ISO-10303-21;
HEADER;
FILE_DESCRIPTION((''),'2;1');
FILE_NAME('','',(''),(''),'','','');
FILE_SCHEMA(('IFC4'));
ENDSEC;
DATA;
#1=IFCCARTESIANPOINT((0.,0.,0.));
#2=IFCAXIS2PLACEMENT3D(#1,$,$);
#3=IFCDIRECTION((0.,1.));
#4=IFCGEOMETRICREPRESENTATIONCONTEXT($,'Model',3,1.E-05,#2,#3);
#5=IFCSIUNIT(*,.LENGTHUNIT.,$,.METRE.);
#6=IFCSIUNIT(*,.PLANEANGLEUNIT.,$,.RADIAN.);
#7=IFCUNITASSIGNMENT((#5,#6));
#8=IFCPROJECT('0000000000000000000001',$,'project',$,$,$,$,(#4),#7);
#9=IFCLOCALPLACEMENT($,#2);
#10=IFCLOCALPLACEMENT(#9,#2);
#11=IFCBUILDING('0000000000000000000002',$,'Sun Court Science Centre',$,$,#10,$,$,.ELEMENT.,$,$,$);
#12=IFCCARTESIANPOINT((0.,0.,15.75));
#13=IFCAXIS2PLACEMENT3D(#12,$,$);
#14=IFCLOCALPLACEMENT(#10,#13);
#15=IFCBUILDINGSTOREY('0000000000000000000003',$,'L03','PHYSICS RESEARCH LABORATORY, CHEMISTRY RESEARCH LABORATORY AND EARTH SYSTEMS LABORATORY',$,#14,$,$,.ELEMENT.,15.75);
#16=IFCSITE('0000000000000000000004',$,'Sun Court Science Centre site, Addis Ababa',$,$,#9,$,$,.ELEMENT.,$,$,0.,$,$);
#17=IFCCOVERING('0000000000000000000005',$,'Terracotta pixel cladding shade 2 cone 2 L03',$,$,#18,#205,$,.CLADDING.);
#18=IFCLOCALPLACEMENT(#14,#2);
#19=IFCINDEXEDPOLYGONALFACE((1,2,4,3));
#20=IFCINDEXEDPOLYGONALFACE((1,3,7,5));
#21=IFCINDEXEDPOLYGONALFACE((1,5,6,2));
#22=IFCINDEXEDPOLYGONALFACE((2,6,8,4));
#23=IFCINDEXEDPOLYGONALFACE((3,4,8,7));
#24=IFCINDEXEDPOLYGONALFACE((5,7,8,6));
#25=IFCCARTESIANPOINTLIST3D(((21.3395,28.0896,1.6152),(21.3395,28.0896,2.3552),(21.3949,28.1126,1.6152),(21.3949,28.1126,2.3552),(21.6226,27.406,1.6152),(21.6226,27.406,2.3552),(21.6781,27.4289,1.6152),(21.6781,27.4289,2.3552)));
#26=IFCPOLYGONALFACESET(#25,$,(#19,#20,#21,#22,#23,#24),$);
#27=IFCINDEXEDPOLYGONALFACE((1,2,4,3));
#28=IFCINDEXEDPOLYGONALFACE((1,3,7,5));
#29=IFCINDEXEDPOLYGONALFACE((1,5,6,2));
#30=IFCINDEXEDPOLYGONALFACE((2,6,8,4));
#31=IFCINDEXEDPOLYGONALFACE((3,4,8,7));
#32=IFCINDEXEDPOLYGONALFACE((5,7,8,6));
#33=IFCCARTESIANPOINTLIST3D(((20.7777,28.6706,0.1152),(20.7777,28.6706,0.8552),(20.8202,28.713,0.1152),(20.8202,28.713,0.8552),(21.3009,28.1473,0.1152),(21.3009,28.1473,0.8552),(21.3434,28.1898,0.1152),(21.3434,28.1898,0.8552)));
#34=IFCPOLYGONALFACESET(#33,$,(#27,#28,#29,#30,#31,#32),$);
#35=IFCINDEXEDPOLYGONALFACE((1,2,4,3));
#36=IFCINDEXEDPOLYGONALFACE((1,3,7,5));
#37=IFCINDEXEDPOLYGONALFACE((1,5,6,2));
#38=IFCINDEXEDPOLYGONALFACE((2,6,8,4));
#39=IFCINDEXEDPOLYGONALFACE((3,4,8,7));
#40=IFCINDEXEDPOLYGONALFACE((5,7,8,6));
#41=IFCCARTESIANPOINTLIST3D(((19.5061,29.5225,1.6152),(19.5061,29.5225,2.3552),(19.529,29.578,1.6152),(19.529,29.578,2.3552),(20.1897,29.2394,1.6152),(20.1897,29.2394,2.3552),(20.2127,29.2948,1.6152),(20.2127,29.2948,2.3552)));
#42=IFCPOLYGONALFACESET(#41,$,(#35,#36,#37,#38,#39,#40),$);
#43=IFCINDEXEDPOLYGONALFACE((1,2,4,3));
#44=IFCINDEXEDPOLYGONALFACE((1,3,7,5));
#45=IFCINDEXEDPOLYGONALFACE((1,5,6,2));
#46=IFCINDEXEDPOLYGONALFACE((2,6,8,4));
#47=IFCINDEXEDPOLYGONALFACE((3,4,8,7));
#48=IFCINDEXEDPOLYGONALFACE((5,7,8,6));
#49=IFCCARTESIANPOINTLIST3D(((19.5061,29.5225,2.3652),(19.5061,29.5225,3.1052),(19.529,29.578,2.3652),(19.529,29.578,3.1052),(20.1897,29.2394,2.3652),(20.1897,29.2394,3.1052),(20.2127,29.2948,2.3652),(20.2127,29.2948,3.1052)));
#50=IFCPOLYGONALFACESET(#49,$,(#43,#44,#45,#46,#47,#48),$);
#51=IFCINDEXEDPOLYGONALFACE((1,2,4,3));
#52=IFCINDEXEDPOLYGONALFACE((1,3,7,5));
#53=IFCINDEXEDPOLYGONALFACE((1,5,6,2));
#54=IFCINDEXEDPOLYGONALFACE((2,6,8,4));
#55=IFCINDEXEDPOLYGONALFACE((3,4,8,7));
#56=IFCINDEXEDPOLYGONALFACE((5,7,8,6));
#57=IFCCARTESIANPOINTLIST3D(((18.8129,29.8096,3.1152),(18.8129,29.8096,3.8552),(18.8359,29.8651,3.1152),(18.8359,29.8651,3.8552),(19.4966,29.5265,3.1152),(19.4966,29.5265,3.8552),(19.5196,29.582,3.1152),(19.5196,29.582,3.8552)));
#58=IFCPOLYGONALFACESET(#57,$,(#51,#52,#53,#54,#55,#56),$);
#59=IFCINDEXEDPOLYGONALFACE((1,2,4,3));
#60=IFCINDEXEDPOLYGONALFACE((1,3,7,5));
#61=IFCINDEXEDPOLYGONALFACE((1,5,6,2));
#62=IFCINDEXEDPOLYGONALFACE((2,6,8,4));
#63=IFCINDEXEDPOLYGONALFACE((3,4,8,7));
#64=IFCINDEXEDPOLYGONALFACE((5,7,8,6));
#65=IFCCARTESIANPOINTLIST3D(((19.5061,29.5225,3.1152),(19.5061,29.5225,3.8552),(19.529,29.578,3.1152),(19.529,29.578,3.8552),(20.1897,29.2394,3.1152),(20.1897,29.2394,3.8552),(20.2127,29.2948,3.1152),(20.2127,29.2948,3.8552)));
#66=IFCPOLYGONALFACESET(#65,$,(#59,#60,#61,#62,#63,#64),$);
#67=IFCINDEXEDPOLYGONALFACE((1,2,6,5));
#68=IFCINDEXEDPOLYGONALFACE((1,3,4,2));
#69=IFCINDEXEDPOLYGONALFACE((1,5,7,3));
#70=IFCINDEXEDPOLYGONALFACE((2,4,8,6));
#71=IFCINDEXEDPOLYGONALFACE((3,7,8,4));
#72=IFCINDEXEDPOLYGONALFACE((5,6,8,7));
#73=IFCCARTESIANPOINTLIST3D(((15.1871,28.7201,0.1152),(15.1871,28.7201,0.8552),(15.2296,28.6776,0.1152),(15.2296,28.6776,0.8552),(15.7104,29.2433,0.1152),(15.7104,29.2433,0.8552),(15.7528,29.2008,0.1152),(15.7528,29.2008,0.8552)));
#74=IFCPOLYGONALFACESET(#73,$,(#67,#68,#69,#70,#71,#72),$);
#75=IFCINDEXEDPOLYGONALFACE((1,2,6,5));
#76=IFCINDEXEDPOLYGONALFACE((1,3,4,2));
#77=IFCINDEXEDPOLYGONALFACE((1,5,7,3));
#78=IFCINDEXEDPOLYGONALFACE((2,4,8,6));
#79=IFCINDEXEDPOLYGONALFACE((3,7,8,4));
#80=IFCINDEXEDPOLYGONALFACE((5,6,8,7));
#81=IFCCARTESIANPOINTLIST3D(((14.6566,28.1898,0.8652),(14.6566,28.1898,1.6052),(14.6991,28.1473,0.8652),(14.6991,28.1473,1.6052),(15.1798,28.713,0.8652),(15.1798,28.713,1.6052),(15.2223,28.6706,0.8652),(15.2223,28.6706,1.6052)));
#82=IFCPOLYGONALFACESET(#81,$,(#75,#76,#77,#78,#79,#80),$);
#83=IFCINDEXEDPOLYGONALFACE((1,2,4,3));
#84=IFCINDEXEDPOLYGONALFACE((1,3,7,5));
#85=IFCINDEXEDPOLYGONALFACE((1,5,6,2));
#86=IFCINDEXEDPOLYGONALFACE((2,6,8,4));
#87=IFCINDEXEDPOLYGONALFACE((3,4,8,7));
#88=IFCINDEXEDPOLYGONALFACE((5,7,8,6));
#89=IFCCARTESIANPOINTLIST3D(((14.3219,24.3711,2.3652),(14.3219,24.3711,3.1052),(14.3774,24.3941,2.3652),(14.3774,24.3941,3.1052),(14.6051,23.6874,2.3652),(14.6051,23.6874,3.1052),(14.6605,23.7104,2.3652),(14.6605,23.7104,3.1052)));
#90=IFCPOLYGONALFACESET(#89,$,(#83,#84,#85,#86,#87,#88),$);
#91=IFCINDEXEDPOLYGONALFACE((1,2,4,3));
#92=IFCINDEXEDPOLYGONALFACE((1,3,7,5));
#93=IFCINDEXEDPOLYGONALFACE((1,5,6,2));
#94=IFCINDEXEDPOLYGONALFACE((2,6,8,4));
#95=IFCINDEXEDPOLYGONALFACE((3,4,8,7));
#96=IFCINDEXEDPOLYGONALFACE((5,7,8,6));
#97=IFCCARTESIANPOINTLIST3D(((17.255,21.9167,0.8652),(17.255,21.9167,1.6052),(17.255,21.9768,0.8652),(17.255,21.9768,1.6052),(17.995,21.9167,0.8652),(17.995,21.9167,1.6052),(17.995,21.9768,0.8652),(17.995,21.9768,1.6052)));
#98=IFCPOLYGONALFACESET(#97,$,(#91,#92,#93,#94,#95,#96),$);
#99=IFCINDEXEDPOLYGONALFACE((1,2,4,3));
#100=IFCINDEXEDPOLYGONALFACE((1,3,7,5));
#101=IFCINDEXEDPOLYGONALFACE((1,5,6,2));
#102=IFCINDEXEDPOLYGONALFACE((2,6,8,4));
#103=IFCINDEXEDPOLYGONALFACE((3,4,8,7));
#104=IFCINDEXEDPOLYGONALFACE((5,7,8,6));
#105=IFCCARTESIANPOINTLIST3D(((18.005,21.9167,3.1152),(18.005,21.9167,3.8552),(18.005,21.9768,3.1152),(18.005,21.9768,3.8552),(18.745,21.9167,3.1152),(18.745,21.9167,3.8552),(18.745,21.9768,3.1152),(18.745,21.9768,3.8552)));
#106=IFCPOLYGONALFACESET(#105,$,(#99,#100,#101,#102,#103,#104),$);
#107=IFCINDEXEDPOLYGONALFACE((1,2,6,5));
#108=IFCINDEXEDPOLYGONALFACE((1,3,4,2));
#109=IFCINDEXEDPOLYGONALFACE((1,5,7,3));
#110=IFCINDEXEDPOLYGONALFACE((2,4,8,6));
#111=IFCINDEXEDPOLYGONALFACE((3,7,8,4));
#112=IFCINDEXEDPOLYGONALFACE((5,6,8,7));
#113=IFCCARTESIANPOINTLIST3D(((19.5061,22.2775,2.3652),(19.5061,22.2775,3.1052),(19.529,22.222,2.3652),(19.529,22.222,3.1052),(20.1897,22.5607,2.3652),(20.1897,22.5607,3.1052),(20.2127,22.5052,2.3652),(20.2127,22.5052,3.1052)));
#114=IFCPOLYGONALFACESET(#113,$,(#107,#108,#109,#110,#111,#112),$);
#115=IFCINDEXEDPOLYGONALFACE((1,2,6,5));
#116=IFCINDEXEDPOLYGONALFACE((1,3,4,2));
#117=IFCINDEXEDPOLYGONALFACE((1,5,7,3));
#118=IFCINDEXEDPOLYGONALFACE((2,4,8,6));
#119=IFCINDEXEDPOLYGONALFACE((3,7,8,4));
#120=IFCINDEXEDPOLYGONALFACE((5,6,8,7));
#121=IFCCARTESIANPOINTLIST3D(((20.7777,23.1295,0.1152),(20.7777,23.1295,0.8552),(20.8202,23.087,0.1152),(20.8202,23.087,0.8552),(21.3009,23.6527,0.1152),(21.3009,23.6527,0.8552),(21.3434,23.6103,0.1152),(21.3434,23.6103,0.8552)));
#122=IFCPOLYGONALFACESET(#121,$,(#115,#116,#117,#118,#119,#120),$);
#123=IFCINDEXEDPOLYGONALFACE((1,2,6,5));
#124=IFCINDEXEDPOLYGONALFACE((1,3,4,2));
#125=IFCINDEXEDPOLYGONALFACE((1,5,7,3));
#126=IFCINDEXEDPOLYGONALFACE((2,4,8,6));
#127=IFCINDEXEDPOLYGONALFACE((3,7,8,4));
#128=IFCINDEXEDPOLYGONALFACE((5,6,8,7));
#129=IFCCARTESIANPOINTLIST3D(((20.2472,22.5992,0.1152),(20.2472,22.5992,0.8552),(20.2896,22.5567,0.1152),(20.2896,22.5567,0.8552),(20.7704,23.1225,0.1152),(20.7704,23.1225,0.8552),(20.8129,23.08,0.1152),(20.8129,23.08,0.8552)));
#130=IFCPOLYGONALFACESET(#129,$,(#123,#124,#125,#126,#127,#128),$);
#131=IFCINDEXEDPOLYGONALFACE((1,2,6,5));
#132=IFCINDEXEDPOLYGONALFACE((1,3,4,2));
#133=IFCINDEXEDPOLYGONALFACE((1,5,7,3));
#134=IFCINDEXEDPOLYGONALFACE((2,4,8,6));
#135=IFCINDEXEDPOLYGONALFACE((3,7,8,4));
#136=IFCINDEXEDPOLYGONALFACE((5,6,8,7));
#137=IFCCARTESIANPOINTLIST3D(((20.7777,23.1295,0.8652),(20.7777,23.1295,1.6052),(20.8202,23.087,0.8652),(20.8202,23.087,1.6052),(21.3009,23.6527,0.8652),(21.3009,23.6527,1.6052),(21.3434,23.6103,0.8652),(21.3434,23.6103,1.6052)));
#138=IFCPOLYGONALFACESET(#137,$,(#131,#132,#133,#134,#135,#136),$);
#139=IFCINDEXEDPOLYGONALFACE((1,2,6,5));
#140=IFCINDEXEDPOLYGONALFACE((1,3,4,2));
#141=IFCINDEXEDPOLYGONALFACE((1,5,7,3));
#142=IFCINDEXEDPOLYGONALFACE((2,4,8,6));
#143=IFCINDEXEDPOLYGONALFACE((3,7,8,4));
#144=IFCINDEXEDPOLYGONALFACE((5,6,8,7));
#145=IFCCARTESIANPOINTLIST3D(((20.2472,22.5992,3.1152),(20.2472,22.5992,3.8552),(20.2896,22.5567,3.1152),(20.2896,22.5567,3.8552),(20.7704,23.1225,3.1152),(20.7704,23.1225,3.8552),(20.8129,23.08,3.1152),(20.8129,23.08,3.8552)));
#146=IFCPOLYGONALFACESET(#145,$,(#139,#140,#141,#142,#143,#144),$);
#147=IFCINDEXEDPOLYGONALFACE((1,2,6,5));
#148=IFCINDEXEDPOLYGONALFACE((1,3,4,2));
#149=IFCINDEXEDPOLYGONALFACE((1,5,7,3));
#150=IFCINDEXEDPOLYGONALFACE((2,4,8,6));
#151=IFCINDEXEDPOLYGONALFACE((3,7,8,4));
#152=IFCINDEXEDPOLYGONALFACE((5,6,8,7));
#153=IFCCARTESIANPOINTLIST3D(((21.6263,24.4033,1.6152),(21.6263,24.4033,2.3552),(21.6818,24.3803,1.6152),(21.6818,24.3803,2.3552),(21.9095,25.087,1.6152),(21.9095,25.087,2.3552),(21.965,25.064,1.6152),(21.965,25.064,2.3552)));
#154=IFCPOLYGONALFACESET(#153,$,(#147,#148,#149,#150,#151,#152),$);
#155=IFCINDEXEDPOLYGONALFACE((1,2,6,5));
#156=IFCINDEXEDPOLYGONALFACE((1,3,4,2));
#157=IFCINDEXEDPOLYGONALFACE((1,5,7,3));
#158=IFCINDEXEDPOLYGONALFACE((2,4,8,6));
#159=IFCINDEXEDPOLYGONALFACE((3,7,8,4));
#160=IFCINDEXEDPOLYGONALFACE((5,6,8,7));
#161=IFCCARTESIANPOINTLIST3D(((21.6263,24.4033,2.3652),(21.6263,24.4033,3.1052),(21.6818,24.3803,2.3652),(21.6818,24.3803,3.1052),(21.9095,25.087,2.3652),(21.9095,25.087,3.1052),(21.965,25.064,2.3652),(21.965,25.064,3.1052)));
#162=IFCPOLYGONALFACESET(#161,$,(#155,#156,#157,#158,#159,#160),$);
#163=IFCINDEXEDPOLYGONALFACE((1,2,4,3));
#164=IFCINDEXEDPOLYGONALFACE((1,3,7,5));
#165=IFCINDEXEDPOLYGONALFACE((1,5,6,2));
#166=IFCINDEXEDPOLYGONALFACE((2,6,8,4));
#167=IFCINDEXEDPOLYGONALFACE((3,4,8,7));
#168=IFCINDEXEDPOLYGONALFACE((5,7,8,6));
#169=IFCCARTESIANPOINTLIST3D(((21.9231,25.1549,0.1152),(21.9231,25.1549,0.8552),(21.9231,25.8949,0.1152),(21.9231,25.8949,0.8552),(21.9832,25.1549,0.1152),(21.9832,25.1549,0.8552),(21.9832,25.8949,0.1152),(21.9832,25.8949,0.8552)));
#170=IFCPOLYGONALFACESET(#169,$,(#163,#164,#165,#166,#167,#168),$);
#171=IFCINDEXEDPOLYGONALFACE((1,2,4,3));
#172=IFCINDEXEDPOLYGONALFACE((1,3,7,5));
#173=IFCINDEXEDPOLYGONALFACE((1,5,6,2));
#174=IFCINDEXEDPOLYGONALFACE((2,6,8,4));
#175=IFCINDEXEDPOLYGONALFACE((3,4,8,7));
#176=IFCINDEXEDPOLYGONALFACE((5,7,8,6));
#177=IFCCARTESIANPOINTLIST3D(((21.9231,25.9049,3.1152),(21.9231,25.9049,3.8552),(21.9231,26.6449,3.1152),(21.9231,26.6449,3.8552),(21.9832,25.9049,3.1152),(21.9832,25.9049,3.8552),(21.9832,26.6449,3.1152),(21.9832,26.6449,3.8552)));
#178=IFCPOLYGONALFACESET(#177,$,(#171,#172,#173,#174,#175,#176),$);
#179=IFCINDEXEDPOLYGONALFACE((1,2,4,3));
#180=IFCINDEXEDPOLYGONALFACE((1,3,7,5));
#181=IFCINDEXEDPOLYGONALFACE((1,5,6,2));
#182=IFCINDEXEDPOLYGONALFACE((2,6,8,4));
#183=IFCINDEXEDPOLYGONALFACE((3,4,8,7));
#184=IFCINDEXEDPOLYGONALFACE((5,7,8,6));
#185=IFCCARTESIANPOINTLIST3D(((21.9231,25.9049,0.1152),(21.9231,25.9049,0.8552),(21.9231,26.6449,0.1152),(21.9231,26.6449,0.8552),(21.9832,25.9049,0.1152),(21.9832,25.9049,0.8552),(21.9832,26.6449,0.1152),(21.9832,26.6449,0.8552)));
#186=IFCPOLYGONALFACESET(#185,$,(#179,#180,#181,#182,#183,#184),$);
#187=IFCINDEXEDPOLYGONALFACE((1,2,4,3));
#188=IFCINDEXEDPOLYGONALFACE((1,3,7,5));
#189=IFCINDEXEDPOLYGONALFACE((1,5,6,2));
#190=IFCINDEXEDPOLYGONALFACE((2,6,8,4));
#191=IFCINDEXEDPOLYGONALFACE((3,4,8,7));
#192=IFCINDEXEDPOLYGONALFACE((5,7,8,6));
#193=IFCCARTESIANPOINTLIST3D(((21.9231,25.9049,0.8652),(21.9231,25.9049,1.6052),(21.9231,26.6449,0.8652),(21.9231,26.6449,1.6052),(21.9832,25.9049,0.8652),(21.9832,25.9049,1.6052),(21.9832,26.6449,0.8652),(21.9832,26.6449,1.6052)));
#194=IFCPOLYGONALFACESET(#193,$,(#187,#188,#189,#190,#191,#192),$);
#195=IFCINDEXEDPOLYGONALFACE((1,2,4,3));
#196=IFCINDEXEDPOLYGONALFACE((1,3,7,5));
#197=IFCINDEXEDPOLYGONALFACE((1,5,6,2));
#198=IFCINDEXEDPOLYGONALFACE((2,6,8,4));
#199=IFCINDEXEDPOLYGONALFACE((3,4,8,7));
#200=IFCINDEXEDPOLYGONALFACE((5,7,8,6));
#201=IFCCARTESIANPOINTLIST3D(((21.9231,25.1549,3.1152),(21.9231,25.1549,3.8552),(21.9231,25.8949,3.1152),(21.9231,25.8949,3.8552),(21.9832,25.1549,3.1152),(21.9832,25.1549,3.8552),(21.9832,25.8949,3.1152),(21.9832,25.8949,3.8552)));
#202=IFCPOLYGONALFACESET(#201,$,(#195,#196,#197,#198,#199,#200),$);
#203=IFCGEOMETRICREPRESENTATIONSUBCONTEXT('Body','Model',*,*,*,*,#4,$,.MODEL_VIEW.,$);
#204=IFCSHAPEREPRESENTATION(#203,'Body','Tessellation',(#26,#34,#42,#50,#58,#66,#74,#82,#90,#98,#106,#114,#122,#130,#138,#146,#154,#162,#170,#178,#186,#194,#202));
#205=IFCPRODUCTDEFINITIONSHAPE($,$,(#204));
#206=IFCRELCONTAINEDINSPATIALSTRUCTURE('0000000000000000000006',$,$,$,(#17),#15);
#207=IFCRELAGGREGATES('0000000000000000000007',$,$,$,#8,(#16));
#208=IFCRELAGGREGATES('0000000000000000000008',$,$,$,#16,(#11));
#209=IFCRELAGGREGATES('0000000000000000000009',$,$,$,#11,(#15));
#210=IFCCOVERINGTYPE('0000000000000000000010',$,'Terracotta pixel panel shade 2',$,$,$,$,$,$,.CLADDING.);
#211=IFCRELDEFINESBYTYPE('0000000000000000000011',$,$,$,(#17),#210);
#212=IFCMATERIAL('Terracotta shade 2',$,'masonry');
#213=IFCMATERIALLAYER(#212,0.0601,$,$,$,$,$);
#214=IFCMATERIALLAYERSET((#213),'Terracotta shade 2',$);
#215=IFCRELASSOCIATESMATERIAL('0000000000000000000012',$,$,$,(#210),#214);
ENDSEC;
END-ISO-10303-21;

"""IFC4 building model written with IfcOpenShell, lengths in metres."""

from ifc_helpers import new_model, si_unit, direction, frame, origin, origin_2d, place, context, subcontext, project, spatial, rectangle, extrude, material, layer, layer_set, type_object, element, save


model = new_model("IFC4")

# Units and contexts
model_context = context("Model", 3, precision=1e-05, world=origin(), true_north=direction((0.0, 1.0)))
body_context = subcontext(model_context, "Body", "Model", "MODEL_VIEW")
ifc_project = project(units=[si_unit("LENGTHUNIT", "METRE"), si_unit("PLANEANGLEUNIT", "RADIAN")], contexts=[model_context])

# Site, building, storey
site_placement = place(None, origin())
site = spatial("IfcSite", under=ifc_project, at=site_placement, Name="Sun Court Science Centre site, Addis Ababa", CompositionType="ELEMENT", RefElevation=0.0)
building_placement = place(site_placement, origin())
building = spatial("IfcBuilding", under=site, at=building_placement, Name="Sun Court Science Centre", CompositionType="ELEMENT")
storey_placement = place(building_placement, frame((0.0, 0.0, 15.75)))
storey = spatial("IfcBuildingStorey", under=building, at=storey_placement, Name="L03", Description="PHYSICS RESEARCH LABORATORY, CHEMISTRY RESEARCH LABORATORY AND EARTH SYSTEMS LABORATORY", CompositionType="ELEMENT", Elevation=15.75)

# Covering
ifc_material_1 = material(Name="Terracotta shade 2", Category="masonry")
ifc_layer_1 = layer(ifc_material_1, 0.0601)
ifc_layer_set_1 = layer_set([ifc_layer_1], Name="Terracotta shade 2")
covering_type_1 = type_object("IfcCoveringType", Name="Terracotta pixel panel shade 2", PredefinedType="CLADDING", material=ifc_layer_set_1)
covering_1_placement = place(storey_placement, frame((0.0, 0.0, -15.75)))
element("IfcCovering", 1, at=covering_1_placement, inside=storey, type_object=covering_type_1, Name="Terracotta pixel cladding shade 2 cone 2 L03", PredefinedType="CLADDING", context=body_context, shape_type="SweptSolid", body=[
    extrude(rectangle(XDim=0.74, YDim=0.0601, at=origin_2d()), frame((21.5088, 27.7593, 17.3652), z_axis=(0.0, 0.0, 1.0), x_axis=(0.382683, -0.92388, 0.0)), (0.0, 0.0, 1.0), 0.74),
    extrude(rectangle(XDim=0.74, YDim=0.0601, at=origin_2d()), frame((21.0605, 28.4302, 15.8652), z_axis=(0.0, 0.0, 1.0), x_axis=(0.707107, -0.707107, 0.0)), (0.0, 0.0, 1.0), 0.74),
    extrude(rectangle(XDim=0.74, YDim=0.0601, at=origin_2d()), frame((19.8594, 29.4087, 17.3652), z_axis=(0.0, 0.0, 1.0), x_axis=(0.92388, -0.382683, 0.0)), (0.0, 0.0, 1.0), 0.74),
    extrude(rectangle(XDim=0.74, YDim=0.0601, at=origin_2d()), frame((19.8594, 29.4087, 18.1152), z_axis=(0.0, 0.0, 1.0), x_axis=(0.92388, -0.382683, 0.0)), (0.0, 0.0, 1.0), 0.74),
    extrude(rectangle(XDim=0.74, YDim=0.0601, at=origin_2d()), frame((19.1663, 29.6958, 18.8652), z_axis=(0.0, 0.0, 1.0), x_axis=(0.92388, -0.382683, 0.0)), (0.0, 0.0, 1.0), 0.74),
    extrude(rectangle(XDim=0.74, YDim=0.0601, at=origin_2d()), frame((19.8594, 29.4087, 18.8652), z_axis=(0.0, 0.0, 1.0), x_axis=(0.92388, -0.382683, 0.0)), (0.0, 0.0, 1.0), 0.74),
    extrude(rectangle(XDim=0.74, YDim=0.0601, at=origin_2d()), frame((15.47, 28.9604, 15.8652), z_axis=(0.0, 0.0, 1.0), x_axis=(0.707107, 0.707107, 0.0)), (0.0, 0.0, 1.0), 0.74),
    extrude(rectangle(XDim=0.74, YDim=0.0601, at=origin_2d()), frame((14.9395, 28.4302, 16.6152), z_axis=(0.0, 0.0, 1.0), x_axis=(0.707107, 0.707107, 0.0)), (0.0, 0.0, 1.0), 0.74),
    extrude(rectangle(XDim=0.74, YDim=0.0601, at=origin_2d()), frame((14.4912, 24.0408, 18.1152), z_axis=(0.0, 0.0, 1.0), x_axis=(-0.382683, 0.92388, 0.0)), (0.0, 0.0, 1.0), 0.74),
    extrude(rectangle(XDim=0.74, YDim=0.0601, at=origin_2d()), frame((17.625, 21.9468, 16.6152), z_axis=(0.0, 0.0, 1.0), x_axis=(-1.0, 0.0, 0.0)), (0.0, 0.0, 1.0), 0.74),
    extrude(rectangle(XDim=0.74, YDim=0.0601, at=origin_2d()), frame((18.375, 21.9468, 18.8652), z_axis=(0.0, 0.0, 1.0), x_axis=(-1.0, 0.0, 0.0)), (0.0, 0.0, 1.0), 0.74),
    extrude(rectangle(XDim=0.74, YDim=0.0601, at=origin_2d()), frame((19.8594, 22.3914, 18.1152), z_axis=(0.0, 0.0, 1.0), x_axis=(-0.92388, -0.382683, 0.0)), (0.0, 0.0, 1.0), 0.74),
    extrude(rectangle(XDim=0.74, YDim=0.0601, at=origin_2d()), frame((21.0605, 23.3699, 15.8652), z_axis=(0.0, 0.0, 1.0), x_axis=(-0.707107, -0.707107, 0.0)), (0.0, 0.0, 1.0), 0.74),
    extrude(rectangle(XDim=0.74, YDim=0.0601, at=origin_2d()), frame((20.53, 22.8396, 15.8652), z_axis=(0.0, 0.0, 1.0), x_axis=(-0.707107, -0.707107, 0.0)), (0.0, 0.0, 1.0), 0.74),
    extrude(rectangle(XDim=0.74, YDim=0.0601, at=origin_2d()), frame((21.0605, 23.3699, 16.6152), z_axis=(0.0, 0.0, 1.0), x_axis=(-0.707107, -0.707107, 0.0)), (0.0, 0.0, 1.0), 0.74),
    extrude(rectangle(XDim=0.74, YDim=0.0601, at=origin_2d()), frame((20.53, 22.8396, 18.8652), z_axis=(0.0, 0.0, 1.0), x_axis=(-0.707107, -0.707107, 0.0)), (0.0, 0.0, 1.0), 0.74),
    extrude(rectangle(XDim=0.74, YDim=0.0601, at=origin_2d()), frame((21.7957, 24.7336, 17.3652), z_axis=(0.0, 0.0, 1.0), x_axis=(-0.382683, -0.92388, 0.0)), (0.0, 0.0, 1.0), 0.74),
    extrude(rectangle(XDim=0.74, YDim=0.0601, at=origin_2d()), frame((21.7957, 24.7336, 18.1152), z_axis=(0.0, 0.0, 1.0), x_axis=(-0.382683, -0.92388, 0.0)), (0.0, 0.0, 1.0), 0.74),
    extrude(rectangle(XDim=0.74, YDim=0.0601, at=origin_2d()), frame((21.9531, 25.5249, 15.8652), z_axis=(0.0, 0.0, 1.0), x_axis=(0.0, -1.0, 0.0)), (0.0, 0.0, 1.0), 0.74),
    extrude(rectangle(XDim=0.74, YDim=0.0601, at=origin_2d()), frame((21.9531, 26.2749, 18.8652), z_axis=(0.0, 0.0, 1.0), x_axis=(0.0, -1.0, 0.0)), (0.0, 0.0, 1.0), 0.74),
    extrude(rectangle(XDim=0.74, YDim=0.0601, at=origin_2d()), frame((21.9531, 26.2749, 15.8652), z_axis=(0.0, 0.0, 1.0), x_axis=(0.0, -1.0, 0.0)), (0.0, 0.0, 1.0), 0.74),
    extrude(rectangle(XDim=0.74, YDim=0.0601, at=origin_2d()), frame((21.9531, 26.2749, 16.6152), z_axis=(0.0, 0.0, 1.0), x_axis=(0.0, -1.0, 0.0)), (0.0, 0.0, 1.0), 0.74),
    extrude(rectangle(XDim=0.74, YDim=0.0601, at=origin_2d()), frame((21.9531, 25.5249, 18.8652), z_axis=(0.0, 0.0, 1.0), x_axis=(0.0, -1.0, 0.0)), (0.0, 0.0, 1.0), 0.74),
])

save(model, "model.ifc")
